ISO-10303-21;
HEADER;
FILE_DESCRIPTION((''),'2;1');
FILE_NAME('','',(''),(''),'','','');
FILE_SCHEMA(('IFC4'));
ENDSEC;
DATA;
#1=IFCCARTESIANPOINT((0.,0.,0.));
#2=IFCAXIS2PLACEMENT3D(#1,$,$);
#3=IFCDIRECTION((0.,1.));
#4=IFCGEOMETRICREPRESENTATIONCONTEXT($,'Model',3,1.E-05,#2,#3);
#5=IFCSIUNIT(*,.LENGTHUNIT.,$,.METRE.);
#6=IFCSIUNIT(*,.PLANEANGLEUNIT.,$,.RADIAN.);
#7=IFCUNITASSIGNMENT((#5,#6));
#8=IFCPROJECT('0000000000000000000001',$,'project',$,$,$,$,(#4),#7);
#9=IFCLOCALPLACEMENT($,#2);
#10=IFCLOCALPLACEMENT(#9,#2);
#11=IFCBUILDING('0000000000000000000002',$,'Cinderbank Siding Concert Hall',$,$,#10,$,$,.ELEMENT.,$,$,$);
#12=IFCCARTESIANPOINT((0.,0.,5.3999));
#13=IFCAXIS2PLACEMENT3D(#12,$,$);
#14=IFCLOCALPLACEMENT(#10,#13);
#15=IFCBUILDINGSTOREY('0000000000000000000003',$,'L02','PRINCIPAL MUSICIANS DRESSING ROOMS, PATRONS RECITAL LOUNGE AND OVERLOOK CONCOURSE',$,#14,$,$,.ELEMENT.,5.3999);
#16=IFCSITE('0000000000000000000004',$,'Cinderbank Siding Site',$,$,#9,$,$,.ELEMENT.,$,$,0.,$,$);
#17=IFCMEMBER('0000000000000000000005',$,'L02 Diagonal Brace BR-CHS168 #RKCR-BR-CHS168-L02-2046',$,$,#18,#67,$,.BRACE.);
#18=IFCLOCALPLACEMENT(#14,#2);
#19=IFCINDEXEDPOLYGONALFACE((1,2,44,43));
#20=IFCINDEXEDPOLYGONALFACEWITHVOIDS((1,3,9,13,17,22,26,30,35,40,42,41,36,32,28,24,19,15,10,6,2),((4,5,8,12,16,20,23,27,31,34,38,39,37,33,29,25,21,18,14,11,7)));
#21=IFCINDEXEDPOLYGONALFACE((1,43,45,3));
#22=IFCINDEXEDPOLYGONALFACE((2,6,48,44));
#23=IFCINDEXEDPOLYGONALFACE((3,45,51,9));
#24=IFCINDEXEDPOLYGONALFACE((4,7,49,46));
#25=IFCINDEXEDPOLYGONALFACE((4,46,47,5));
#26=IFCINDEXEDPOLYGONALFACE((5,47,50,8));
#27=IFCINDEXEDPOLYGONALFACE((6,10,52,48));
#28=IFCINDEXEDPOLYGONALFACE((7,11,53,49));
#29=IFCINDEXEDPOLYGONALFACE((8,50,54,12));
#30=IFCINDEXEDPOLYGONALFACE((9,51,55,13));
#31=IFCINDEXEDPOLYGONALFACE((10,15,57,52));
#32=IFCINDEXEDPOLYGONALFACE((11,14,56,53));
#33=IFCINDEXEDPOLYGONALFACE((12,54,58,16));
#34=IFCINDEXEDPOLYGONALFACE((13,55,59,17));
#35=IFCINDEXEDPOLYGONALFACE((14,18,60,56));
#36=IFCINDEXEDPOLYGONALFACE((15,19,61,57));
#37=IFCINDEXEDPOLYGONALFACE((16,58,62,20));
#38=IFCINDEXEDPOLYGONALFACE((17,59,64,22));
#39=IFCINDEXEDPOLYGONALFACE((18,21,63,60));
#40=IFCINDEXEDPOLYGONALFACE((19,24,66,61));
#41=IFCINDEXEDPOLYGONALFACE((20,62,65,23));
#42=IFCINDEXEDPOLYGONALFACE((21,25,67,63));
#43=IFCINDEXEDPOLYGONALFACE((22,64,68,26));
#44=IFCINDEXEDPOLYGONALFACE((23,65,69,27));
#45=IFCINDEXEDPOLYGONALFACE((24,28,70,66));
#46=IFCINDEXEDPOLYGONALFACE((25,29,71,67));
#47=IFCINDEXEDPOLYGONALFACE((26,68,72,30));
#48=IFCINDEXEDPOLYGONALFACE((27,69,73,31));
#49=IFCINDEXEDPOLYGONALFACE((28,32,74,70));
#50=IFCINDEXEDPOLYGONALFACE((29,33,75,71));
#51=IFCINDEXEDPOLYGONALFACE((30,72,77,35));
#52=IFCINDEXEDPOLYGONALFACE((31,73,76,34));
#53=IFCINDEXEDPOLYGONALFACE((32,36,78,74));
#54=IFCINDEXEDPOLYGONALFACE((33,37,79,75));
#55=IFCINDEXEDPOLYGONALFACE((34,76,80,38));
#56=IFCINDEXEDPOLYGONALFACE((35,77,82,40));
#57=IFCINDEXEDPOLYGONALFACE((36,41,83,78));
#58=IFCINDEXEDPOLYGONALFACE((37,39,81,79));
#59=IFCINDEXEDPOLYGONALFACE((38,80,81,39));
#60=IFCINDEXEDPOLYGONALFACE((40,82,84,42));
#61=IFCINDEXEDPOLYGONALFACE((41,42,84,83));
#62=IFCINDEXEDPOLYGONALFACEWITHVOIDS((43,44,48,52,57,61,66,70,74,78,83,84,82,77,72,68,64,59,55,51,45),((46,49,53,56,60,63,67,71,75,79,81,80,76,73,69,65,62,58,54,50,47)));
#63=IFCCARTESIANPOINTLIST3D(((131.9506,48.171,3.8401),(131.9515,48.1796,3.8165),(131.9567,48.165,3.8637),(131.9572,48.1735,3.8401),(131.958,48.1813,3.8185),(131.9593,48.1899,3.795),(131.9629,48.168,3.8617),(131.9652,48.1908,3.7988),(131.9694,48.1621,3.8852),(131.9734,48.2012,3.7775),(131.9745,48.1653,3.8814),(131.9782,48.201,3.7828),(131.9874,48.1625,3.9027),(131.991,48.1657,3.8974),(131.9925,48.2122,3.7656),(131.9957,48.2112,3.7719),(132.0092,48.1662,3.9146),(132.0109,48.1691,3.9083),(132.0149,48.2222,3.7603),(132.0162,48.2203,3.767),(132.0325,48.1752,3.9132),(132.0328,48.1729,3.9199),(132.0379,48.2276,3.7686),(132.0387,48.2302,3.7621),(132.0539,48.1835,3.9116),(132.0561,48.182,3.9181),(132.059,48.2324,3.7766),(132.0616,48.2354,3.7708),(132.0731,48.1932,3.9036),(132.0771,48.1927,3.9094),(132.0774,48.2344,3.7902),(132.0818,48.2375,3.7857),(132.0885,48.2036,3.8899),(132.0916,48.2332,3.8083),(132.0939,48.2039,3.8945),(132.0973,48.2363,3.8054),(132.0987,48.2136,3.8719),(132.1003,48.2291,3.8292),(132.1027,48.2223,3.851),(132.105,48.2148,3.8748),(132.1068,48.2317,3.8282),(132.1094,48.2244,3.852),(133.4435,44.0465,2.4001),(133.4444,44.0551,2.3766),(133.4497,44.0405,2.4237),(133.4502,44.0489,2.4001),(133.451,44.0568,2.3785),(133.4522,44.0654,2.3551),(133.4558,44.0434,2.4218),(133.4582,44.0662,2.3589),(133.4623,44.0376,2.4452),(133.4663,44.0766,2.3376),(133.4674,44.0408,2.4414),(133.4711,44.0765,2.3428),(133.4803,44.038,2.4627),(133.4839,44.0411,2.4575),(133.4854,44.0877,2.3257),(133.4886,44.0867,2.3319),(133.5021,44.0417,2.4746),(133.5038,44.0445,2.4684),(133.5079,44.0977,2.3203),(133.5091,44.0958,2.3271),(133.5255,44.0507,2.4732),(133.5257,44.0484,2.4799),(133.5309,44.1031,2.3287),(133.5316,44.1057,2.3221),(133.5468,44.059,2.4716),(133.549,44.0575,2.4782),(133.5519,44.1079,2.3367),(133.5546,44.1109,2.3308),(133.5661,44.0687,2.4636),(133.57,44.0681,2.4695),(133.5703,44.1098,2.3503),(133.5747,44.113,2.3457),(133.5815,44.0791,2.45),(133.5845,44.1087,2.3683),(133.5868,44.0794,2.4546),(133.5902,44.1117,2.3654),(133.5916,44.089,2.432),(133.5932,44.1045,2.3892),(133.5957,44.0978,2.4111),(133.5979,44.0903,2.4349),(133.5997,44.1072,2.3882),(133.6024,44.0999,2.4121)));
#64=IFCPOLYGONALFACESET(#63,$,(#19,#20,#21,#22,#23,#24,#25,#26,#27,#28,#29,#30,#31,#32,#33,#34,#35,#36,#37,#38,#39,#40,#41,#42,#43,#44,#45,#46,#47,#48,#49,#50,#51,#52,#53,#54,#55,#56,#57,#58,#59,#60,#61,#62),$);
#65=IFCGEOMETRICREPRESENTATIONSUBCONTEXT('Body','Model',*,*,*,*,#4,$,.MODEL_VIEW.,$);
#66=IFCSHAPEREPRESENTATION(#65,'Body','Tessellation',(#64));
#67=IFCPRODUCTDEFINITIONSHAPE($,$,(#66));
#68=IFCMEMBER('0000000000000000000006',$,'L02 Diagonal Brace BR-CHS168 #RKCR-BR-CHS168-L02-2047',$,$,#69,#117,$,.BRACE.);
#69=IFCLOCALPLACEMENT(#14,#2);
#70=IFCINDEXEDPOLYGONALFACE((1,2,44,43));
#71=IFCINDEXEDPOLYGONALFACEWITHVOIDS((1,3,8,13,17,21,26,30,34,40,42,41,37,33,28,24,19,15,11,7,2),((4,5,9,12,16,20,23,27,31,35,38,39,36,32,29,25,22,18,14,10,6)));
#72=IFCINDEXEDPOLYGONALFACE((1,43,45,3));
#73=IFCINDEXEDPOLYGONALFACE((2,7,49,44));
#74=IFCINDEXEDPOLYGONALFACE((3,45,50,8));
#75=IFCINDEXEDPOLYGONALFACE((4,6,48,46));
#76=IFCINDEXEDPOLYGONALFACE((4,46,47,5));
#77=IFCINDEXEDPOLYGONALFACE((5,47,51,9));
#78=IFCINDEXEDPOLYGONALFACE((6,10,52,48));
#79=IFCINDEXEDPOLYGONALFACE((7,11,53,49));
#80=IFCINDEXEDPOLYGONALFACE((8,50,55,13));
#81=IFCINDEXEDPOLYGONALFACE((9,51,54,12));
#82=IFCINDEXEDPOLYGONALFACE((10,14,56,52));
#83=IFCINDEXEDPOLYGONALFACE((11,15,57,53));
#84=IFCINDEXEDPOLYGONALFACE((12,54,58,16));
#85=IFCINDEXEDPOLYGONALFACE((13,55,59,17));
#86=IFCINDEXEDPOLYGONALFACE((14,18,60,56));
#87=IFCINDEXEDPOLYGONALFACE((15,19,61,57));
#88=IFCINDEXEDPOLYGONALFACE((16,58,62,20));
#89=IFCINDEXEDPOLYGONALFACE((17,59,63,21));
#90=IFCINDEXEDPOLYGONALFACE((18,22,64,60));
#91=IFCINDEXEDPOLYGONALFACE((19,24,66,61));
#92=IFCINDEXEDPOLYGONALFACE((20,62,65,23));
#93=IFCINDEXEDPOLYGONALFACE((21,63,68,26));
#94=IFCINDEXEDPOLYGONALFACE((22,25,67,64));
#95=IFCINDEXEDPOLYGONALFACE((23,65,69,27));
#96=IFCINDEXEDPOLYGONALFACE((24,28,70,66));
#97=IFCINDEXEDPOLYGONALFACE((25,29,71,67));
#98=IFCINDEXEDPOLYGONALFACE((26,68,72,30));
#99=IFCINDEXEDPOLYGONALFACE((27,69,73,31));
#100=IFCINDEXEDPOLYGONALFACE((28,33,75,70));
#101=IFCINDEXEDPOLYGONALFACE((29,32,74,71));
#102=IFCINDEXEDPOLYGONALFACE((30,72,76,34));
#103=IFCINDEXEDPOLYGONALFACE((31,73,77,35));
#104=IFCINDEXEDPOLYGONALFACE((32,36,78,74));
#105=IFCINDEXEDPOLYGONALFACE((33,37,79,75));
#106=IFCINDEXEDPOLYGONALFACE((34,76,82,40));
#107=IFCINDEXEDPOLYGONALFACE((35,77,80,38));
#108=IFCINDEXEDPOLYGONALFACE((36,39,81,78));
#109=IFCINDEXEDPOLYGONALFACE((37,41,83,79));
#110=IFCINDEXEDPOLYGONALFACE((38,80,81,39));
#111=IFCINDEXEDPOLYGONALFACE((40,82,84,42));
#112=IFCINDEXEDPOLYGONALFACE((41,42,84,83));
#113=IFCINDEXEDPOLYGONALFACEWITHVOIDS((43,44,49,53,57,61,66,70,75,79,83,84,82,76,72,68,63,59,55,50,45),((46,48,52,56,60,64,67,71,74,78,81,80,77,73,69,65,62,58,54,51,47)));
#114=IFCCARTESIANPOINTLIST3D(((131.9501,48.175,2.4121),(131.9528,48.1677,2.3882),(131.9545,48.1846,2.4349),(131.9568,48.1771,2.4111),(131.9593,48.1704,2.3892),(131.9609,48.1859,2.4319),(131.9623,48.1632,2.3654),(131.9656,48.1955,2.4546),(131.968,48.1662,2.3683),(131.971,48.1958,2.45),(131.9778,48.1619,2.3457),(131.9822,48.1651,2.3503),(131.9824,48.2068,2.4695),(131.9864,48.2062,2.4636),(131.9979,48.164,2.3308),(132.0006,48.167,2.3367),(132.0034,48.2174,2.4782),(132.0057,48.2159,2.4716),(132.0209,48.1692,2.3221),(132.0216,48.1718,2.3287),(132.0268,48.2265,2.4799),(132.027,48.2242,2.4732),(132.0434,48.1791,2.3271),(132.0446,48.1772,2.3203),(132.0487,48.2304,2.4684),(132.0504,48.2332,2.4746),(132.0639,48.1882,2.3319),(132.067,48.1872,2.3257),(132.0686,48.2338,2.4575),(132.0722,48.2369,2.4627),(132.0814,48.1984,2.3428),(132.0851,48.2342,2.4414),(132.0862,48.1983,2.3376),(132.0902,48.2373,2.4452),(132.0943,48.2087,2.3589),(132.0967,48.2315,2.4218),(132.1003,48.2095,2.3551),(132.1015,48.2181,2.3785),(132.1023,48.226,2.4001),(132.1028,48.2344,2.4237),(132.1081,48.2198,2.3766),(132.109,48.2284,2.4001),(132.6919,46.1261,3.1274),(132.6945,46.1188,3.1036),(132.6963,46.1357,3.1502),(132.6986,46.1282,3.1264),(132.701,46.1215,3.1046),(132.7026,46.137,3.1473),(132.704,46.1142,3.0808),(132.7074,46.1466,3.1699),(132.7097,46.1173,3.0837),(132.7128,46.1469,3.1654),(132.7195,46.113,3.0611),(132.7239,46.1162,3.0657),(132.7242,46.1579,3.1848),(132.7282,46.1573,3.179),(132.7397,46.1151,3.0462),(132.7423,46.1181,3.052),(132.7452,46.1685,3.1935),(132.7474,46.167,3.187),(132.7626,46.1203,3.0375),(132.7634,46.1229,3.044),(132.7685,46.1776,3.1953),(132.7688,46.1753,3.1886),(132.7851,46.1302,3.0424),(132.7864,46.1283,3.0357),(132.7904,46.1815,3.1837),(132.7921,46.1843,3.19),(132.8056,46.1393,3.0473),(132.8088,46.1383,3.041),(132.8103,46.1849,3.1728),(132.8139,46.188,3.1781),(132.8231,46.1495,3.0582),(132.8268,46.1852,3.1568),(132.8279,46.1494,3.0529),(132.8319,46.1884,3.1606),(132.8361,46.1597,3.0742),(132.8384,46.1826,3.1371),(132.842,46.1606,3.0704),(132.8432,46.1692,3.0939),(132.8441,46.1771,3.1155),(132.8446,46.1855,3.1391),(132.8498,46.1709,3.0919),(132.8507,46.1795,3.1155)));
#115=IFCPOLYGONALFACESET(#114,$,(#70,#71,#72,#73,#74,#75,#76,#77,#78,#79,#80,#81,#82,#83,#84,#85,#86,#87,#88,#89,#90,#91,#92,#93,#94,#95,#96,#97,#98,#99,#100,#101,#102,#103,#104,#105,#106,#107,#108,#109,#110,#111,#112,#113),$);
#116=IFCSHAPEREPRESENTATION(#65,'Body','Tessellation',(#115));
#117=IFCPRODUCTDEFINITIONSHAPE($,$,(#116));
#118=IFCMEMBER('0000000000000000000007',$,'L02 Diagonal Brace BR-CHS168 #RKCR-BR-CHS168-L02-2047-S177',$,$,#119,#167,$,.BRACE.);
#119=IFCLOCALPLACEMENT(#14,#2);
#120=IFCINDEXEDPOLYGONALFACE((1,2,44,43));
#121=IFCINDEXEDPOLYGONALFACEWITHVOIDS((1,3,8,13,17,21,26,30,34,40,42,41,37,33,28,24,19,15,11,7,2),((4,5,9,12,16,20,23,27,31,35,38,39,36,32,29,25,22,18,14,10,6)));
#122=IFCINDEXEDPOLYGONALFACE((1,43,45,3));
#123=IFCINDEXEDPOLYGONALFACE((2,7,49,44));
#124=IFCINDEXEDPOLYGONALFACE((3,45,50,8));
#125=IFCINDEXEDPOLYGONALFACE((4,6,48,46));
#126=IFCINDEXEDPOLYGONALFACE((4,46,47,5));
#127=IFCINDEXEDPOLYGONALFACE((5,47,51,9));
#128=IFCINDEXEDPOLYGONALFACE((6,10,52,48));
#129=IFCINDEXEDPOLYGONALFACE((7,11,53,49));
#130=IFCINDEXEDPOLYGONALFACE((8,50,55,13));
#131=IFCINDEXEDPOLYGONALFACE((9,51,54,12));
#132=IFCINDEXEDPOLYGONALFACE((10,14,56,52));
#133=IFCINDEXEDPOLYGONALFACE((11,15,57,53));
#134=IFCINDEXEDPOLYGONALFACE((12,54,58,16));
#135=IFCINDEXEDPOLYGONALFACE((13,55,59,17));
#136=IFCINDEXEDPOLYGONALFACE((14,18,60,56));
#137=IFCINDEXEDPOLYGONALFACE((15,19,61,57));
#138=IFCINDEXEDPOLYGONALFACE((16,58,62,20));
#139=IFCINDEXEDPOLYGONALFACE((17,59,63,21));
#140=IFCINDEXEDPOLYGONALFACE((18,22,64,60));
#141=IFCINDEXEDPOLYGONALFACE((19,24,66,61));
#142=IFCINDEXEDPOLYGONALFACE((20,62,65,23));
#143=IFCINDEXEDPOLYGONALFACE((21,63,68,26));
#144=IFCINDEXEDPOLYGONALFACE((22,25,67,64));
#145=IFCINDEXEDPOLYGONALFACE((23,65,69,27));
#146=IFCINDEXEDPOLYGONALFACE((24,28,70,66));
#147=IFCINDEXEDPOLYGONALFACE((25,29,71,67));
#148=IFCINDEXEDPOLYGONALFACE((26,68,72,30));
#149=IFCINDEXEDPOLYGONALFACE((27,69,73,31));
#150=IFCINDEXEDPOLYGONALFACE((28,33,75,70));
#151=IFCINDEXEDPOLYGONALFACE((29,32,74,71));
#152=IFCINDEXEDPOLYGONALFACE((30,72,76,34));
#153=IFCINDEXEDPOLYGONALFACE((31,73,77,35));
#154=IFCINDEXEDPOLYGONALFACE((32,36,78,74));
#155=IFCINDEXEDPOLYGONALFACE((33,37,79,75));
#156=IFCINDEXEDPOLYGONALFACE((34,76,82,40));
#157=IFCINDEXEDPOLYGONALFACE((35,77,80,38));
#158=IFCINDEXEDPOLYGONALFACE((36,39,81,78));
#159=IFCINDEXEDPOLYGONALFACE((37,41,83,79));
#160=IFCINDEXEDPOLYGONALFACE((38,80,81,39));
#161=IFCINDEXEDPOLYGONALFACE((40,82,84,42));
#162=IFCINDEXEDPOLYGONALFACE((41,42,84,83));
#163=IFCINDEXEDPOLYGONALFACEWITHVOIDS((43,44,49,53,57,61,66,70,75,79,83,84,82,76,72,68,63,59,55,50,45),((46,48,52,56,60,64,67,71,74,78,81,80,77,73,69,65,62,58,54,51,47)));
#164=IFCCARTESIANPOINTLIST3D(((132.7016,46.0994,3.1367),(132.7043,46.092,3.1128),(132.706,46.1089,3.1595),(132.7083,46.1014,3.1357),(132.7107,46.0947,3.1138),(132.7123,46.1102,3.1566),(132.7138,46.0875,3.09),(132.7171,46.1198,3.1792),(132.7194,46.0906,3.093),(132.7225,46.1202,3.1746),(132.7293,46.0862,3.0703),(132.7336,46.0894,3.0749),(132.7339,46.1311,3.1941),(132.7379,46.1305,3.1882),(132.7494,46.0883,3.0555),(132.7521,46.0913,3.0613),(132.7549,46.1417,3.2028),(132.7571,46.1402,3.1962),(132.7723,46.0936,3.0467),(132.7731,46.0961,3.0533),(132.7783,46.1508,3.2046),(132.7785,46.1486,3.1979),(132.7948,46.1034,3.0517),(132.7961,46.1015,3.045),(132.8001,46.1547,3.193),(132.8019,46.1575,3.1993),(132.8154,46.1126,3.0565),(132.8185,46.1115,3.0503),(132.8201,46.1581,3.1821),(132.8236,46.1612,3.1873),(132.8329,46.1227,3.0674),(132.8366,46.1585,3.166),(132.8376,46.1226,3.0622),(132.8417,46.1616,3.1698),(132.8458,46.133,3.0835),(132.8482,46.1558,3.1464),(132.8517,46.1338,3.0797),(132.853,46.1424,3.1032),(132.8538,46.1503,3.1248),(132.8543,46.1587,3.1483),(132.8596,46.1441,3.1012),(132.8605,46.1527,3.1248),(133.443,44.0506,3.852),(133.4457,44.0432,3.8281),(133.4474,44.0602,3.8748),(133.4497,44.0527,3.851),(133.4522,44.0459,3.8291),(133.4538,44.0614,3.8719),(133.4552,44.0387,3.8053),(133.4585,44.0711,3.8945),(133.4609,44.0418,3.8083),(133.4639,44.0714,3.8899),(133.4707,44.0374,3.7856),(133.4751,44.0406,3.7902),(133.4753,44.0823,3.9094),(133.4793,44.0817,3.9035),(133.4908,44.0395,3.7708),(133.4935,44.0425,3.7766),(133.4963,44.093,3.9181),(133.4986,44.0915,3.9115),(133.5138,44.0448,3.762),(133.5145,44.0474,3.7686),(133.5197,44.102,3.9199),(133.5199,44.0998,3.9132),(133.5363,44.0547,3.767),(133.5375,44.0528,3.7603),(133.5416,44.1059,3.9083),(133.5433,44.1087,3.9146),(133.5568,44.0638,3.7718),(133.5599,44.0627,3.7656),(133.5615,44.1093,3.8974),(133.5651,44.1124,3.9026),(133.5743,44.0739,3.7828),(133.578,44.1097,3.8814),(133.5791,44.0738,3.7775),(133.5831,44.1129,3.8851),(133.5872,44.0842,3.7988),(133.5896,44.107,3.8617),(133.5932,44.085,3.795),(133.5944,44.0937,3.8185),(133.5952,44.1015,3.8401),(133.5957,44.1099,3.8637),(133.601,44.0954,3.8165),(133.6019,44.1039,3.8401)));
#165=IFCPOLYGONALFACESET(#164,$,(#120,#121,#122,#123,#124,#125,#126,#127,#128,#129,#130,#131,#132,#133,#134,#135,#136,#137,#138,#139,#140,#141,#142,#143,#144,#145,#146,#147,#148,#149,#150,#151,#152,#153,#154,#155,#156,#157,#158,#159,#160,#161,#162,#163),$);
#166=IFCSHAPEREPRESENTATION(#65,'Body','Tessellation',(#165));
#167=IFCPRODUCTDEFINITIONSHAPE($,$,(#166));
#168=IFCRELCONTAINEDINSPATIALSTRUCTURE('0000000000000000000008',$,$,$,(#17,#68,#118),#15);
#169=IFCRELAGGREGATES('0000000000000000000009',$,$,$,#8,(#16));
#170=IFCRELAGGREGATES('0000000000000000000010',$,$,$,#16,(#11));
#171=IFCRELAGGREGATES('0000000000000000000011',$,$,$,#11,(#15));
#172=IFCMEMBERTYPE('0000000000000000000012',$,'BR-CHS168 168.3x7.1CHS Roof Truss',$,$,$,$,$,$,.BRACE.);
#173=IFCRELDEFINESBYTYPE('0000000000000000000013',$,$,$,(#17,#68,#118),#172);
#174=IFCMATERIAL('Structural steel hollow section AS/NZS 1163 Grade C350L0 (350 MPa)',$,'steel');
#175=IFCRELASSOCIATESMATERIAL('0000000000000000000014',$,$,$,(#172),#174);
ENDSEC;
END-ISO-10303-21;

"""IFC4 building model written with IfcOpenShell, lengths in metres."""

from ifc_helpers import new_model, si_unit, direction, frame, origin, origin_2d, place, context, subcontext, project, spatial, hollow_circle, extrude, material, material_profile, profile_set, type_object, element, save


model = new_model("IFC4")

# Units and contexts
model_context = context("Model", 3, precision=1e-05, world=origin(), true_north=direction((0.0, 1.0)))
body_context = subcontext(model_context, "Body", "Model", "MODEL_VIEW")
ifc_project = project(units=[si_unit("LENGTHUNIT", "METRE"), si_unit("PLANEANGLEUNIT", "RADIAN")], contexts=[model_context])

# Site, building, storey
site_placement = place(None, origin())
site = spatial("IfcSite", under=ifc_project, at=site_placement, Name="Cinderbank Siding Site", CompositionType="ELEMENT", RefElevation=0.0)
building_placement = place(site_placement, origin())
building = spatial("IfcBuilding", under=site, at=building_placement, Name="Cinderbank Siding Concert Hall", CompositionType="ELEMENT")
storey_placement = place(building_placement, frame((0.0, 0.0, 5.3999)))
storey = spatial("IfcBuildingStorey", under=building, at=storey_placement, Name="L02", Description="PRINCIPAL MUSICIANS DRESSING ROOMS, PATRONS RECITAL LOUNGE AND OVERLOOK CONCOURSE", CompositionType="ELEMENT", Elevation=5.3999)

# Shared definitions
ifc_material_1 = material(Name="Structural steel hollow section AS/NZS 1163 Grade C350L0 (350 MPa)", Category="steel")

# Members
ifc_material_profile_1 = material_profile(ifc_material_1, hollow_circle(Radius=0.0842, WallThickness=0.0071, at=origin_2d()), Name="168.3x7.1CHS", Category="LoadBearing")
ifc_profile_set_1 = profile_set([ifc_material_profile_1], Name="Structural steel hollow section AS/NZS 1163 Grade C350L0 (350 MPa)")
member_type = type_object("IfcMemberType", Name="BR-CHS168 168.3x7.1CHS Roof Truss", PredefinedType="BRACE", material=ifc_profile_set_1)
member_1_placement = place(storey_placement, frame((133.5227, 44.0752, 2.4001), z_axis=(-0.323374, 0.893391, 0.311899), x_axis=(-0.940298, -0.340353, 0.0)))
element("IfcMember", 1, at=member_1_placement, inside=storey, type_object=member_type, Name="L02 Diagonal Brace BR-CHS168 #RKCR-BR-CHS168-L02-2046", PredefinedType="BRACE", context=body_context, shape_type="SweptSolid", body=[
    extrude(hollow_circle(Radius=0.0842, WallThickness=0.0071, at=origin_2d()), origin(), (0.0, 0.0, 1.0), 4.6167),
])
member_2_placement = place(storey_placement, frame((132.0298, 48.1997, 2.4001), z_axis=(0.323411, -0.893373, 0.311914), x_axis=(0.940283, 0.340393, 0.0)))
element("IfcMember", 2, at=member_2_placement, inside=storey, type_object=member_type, Name="L02 Diagonal Brace BR-CHS168 #RKCR-BR-CHS168-L02-2047", PredefinedType="BRACE", context=body_context, shape_type="SweptSolid", body=[
    extrude(hollow_circle(Radius=0.0842, WallThickness=0.0071, at=origin_2d()), origin(), (0.0, 0.0, 1.0), 2.2935),
])
member_3_placement = place(storey_placement, frame((132.7812, 46.124, 3.1248), z_axis=(0.323316, -0.893404, 0.311925), x_axis=(0.940319, 0.340294, 0.0)))
element("IfcMember", 3, at=member_3_placement, inside=storey, type_object=member_type, Name="L02 Diagonal Brace BR-CHS168 #RKCR-BR-CHS168-L02-2047-S177", PredefinedType="BRACE", context=body_context, shape_type="SweptSolid", body=[
    extrude(hollow_circle(Radius=0.0842, WallThickness=0.0071, at=origin_2d()), origin(), (0.0, 0.0, 1.0), 2.2932),
])

save(model, "model.ifc")
